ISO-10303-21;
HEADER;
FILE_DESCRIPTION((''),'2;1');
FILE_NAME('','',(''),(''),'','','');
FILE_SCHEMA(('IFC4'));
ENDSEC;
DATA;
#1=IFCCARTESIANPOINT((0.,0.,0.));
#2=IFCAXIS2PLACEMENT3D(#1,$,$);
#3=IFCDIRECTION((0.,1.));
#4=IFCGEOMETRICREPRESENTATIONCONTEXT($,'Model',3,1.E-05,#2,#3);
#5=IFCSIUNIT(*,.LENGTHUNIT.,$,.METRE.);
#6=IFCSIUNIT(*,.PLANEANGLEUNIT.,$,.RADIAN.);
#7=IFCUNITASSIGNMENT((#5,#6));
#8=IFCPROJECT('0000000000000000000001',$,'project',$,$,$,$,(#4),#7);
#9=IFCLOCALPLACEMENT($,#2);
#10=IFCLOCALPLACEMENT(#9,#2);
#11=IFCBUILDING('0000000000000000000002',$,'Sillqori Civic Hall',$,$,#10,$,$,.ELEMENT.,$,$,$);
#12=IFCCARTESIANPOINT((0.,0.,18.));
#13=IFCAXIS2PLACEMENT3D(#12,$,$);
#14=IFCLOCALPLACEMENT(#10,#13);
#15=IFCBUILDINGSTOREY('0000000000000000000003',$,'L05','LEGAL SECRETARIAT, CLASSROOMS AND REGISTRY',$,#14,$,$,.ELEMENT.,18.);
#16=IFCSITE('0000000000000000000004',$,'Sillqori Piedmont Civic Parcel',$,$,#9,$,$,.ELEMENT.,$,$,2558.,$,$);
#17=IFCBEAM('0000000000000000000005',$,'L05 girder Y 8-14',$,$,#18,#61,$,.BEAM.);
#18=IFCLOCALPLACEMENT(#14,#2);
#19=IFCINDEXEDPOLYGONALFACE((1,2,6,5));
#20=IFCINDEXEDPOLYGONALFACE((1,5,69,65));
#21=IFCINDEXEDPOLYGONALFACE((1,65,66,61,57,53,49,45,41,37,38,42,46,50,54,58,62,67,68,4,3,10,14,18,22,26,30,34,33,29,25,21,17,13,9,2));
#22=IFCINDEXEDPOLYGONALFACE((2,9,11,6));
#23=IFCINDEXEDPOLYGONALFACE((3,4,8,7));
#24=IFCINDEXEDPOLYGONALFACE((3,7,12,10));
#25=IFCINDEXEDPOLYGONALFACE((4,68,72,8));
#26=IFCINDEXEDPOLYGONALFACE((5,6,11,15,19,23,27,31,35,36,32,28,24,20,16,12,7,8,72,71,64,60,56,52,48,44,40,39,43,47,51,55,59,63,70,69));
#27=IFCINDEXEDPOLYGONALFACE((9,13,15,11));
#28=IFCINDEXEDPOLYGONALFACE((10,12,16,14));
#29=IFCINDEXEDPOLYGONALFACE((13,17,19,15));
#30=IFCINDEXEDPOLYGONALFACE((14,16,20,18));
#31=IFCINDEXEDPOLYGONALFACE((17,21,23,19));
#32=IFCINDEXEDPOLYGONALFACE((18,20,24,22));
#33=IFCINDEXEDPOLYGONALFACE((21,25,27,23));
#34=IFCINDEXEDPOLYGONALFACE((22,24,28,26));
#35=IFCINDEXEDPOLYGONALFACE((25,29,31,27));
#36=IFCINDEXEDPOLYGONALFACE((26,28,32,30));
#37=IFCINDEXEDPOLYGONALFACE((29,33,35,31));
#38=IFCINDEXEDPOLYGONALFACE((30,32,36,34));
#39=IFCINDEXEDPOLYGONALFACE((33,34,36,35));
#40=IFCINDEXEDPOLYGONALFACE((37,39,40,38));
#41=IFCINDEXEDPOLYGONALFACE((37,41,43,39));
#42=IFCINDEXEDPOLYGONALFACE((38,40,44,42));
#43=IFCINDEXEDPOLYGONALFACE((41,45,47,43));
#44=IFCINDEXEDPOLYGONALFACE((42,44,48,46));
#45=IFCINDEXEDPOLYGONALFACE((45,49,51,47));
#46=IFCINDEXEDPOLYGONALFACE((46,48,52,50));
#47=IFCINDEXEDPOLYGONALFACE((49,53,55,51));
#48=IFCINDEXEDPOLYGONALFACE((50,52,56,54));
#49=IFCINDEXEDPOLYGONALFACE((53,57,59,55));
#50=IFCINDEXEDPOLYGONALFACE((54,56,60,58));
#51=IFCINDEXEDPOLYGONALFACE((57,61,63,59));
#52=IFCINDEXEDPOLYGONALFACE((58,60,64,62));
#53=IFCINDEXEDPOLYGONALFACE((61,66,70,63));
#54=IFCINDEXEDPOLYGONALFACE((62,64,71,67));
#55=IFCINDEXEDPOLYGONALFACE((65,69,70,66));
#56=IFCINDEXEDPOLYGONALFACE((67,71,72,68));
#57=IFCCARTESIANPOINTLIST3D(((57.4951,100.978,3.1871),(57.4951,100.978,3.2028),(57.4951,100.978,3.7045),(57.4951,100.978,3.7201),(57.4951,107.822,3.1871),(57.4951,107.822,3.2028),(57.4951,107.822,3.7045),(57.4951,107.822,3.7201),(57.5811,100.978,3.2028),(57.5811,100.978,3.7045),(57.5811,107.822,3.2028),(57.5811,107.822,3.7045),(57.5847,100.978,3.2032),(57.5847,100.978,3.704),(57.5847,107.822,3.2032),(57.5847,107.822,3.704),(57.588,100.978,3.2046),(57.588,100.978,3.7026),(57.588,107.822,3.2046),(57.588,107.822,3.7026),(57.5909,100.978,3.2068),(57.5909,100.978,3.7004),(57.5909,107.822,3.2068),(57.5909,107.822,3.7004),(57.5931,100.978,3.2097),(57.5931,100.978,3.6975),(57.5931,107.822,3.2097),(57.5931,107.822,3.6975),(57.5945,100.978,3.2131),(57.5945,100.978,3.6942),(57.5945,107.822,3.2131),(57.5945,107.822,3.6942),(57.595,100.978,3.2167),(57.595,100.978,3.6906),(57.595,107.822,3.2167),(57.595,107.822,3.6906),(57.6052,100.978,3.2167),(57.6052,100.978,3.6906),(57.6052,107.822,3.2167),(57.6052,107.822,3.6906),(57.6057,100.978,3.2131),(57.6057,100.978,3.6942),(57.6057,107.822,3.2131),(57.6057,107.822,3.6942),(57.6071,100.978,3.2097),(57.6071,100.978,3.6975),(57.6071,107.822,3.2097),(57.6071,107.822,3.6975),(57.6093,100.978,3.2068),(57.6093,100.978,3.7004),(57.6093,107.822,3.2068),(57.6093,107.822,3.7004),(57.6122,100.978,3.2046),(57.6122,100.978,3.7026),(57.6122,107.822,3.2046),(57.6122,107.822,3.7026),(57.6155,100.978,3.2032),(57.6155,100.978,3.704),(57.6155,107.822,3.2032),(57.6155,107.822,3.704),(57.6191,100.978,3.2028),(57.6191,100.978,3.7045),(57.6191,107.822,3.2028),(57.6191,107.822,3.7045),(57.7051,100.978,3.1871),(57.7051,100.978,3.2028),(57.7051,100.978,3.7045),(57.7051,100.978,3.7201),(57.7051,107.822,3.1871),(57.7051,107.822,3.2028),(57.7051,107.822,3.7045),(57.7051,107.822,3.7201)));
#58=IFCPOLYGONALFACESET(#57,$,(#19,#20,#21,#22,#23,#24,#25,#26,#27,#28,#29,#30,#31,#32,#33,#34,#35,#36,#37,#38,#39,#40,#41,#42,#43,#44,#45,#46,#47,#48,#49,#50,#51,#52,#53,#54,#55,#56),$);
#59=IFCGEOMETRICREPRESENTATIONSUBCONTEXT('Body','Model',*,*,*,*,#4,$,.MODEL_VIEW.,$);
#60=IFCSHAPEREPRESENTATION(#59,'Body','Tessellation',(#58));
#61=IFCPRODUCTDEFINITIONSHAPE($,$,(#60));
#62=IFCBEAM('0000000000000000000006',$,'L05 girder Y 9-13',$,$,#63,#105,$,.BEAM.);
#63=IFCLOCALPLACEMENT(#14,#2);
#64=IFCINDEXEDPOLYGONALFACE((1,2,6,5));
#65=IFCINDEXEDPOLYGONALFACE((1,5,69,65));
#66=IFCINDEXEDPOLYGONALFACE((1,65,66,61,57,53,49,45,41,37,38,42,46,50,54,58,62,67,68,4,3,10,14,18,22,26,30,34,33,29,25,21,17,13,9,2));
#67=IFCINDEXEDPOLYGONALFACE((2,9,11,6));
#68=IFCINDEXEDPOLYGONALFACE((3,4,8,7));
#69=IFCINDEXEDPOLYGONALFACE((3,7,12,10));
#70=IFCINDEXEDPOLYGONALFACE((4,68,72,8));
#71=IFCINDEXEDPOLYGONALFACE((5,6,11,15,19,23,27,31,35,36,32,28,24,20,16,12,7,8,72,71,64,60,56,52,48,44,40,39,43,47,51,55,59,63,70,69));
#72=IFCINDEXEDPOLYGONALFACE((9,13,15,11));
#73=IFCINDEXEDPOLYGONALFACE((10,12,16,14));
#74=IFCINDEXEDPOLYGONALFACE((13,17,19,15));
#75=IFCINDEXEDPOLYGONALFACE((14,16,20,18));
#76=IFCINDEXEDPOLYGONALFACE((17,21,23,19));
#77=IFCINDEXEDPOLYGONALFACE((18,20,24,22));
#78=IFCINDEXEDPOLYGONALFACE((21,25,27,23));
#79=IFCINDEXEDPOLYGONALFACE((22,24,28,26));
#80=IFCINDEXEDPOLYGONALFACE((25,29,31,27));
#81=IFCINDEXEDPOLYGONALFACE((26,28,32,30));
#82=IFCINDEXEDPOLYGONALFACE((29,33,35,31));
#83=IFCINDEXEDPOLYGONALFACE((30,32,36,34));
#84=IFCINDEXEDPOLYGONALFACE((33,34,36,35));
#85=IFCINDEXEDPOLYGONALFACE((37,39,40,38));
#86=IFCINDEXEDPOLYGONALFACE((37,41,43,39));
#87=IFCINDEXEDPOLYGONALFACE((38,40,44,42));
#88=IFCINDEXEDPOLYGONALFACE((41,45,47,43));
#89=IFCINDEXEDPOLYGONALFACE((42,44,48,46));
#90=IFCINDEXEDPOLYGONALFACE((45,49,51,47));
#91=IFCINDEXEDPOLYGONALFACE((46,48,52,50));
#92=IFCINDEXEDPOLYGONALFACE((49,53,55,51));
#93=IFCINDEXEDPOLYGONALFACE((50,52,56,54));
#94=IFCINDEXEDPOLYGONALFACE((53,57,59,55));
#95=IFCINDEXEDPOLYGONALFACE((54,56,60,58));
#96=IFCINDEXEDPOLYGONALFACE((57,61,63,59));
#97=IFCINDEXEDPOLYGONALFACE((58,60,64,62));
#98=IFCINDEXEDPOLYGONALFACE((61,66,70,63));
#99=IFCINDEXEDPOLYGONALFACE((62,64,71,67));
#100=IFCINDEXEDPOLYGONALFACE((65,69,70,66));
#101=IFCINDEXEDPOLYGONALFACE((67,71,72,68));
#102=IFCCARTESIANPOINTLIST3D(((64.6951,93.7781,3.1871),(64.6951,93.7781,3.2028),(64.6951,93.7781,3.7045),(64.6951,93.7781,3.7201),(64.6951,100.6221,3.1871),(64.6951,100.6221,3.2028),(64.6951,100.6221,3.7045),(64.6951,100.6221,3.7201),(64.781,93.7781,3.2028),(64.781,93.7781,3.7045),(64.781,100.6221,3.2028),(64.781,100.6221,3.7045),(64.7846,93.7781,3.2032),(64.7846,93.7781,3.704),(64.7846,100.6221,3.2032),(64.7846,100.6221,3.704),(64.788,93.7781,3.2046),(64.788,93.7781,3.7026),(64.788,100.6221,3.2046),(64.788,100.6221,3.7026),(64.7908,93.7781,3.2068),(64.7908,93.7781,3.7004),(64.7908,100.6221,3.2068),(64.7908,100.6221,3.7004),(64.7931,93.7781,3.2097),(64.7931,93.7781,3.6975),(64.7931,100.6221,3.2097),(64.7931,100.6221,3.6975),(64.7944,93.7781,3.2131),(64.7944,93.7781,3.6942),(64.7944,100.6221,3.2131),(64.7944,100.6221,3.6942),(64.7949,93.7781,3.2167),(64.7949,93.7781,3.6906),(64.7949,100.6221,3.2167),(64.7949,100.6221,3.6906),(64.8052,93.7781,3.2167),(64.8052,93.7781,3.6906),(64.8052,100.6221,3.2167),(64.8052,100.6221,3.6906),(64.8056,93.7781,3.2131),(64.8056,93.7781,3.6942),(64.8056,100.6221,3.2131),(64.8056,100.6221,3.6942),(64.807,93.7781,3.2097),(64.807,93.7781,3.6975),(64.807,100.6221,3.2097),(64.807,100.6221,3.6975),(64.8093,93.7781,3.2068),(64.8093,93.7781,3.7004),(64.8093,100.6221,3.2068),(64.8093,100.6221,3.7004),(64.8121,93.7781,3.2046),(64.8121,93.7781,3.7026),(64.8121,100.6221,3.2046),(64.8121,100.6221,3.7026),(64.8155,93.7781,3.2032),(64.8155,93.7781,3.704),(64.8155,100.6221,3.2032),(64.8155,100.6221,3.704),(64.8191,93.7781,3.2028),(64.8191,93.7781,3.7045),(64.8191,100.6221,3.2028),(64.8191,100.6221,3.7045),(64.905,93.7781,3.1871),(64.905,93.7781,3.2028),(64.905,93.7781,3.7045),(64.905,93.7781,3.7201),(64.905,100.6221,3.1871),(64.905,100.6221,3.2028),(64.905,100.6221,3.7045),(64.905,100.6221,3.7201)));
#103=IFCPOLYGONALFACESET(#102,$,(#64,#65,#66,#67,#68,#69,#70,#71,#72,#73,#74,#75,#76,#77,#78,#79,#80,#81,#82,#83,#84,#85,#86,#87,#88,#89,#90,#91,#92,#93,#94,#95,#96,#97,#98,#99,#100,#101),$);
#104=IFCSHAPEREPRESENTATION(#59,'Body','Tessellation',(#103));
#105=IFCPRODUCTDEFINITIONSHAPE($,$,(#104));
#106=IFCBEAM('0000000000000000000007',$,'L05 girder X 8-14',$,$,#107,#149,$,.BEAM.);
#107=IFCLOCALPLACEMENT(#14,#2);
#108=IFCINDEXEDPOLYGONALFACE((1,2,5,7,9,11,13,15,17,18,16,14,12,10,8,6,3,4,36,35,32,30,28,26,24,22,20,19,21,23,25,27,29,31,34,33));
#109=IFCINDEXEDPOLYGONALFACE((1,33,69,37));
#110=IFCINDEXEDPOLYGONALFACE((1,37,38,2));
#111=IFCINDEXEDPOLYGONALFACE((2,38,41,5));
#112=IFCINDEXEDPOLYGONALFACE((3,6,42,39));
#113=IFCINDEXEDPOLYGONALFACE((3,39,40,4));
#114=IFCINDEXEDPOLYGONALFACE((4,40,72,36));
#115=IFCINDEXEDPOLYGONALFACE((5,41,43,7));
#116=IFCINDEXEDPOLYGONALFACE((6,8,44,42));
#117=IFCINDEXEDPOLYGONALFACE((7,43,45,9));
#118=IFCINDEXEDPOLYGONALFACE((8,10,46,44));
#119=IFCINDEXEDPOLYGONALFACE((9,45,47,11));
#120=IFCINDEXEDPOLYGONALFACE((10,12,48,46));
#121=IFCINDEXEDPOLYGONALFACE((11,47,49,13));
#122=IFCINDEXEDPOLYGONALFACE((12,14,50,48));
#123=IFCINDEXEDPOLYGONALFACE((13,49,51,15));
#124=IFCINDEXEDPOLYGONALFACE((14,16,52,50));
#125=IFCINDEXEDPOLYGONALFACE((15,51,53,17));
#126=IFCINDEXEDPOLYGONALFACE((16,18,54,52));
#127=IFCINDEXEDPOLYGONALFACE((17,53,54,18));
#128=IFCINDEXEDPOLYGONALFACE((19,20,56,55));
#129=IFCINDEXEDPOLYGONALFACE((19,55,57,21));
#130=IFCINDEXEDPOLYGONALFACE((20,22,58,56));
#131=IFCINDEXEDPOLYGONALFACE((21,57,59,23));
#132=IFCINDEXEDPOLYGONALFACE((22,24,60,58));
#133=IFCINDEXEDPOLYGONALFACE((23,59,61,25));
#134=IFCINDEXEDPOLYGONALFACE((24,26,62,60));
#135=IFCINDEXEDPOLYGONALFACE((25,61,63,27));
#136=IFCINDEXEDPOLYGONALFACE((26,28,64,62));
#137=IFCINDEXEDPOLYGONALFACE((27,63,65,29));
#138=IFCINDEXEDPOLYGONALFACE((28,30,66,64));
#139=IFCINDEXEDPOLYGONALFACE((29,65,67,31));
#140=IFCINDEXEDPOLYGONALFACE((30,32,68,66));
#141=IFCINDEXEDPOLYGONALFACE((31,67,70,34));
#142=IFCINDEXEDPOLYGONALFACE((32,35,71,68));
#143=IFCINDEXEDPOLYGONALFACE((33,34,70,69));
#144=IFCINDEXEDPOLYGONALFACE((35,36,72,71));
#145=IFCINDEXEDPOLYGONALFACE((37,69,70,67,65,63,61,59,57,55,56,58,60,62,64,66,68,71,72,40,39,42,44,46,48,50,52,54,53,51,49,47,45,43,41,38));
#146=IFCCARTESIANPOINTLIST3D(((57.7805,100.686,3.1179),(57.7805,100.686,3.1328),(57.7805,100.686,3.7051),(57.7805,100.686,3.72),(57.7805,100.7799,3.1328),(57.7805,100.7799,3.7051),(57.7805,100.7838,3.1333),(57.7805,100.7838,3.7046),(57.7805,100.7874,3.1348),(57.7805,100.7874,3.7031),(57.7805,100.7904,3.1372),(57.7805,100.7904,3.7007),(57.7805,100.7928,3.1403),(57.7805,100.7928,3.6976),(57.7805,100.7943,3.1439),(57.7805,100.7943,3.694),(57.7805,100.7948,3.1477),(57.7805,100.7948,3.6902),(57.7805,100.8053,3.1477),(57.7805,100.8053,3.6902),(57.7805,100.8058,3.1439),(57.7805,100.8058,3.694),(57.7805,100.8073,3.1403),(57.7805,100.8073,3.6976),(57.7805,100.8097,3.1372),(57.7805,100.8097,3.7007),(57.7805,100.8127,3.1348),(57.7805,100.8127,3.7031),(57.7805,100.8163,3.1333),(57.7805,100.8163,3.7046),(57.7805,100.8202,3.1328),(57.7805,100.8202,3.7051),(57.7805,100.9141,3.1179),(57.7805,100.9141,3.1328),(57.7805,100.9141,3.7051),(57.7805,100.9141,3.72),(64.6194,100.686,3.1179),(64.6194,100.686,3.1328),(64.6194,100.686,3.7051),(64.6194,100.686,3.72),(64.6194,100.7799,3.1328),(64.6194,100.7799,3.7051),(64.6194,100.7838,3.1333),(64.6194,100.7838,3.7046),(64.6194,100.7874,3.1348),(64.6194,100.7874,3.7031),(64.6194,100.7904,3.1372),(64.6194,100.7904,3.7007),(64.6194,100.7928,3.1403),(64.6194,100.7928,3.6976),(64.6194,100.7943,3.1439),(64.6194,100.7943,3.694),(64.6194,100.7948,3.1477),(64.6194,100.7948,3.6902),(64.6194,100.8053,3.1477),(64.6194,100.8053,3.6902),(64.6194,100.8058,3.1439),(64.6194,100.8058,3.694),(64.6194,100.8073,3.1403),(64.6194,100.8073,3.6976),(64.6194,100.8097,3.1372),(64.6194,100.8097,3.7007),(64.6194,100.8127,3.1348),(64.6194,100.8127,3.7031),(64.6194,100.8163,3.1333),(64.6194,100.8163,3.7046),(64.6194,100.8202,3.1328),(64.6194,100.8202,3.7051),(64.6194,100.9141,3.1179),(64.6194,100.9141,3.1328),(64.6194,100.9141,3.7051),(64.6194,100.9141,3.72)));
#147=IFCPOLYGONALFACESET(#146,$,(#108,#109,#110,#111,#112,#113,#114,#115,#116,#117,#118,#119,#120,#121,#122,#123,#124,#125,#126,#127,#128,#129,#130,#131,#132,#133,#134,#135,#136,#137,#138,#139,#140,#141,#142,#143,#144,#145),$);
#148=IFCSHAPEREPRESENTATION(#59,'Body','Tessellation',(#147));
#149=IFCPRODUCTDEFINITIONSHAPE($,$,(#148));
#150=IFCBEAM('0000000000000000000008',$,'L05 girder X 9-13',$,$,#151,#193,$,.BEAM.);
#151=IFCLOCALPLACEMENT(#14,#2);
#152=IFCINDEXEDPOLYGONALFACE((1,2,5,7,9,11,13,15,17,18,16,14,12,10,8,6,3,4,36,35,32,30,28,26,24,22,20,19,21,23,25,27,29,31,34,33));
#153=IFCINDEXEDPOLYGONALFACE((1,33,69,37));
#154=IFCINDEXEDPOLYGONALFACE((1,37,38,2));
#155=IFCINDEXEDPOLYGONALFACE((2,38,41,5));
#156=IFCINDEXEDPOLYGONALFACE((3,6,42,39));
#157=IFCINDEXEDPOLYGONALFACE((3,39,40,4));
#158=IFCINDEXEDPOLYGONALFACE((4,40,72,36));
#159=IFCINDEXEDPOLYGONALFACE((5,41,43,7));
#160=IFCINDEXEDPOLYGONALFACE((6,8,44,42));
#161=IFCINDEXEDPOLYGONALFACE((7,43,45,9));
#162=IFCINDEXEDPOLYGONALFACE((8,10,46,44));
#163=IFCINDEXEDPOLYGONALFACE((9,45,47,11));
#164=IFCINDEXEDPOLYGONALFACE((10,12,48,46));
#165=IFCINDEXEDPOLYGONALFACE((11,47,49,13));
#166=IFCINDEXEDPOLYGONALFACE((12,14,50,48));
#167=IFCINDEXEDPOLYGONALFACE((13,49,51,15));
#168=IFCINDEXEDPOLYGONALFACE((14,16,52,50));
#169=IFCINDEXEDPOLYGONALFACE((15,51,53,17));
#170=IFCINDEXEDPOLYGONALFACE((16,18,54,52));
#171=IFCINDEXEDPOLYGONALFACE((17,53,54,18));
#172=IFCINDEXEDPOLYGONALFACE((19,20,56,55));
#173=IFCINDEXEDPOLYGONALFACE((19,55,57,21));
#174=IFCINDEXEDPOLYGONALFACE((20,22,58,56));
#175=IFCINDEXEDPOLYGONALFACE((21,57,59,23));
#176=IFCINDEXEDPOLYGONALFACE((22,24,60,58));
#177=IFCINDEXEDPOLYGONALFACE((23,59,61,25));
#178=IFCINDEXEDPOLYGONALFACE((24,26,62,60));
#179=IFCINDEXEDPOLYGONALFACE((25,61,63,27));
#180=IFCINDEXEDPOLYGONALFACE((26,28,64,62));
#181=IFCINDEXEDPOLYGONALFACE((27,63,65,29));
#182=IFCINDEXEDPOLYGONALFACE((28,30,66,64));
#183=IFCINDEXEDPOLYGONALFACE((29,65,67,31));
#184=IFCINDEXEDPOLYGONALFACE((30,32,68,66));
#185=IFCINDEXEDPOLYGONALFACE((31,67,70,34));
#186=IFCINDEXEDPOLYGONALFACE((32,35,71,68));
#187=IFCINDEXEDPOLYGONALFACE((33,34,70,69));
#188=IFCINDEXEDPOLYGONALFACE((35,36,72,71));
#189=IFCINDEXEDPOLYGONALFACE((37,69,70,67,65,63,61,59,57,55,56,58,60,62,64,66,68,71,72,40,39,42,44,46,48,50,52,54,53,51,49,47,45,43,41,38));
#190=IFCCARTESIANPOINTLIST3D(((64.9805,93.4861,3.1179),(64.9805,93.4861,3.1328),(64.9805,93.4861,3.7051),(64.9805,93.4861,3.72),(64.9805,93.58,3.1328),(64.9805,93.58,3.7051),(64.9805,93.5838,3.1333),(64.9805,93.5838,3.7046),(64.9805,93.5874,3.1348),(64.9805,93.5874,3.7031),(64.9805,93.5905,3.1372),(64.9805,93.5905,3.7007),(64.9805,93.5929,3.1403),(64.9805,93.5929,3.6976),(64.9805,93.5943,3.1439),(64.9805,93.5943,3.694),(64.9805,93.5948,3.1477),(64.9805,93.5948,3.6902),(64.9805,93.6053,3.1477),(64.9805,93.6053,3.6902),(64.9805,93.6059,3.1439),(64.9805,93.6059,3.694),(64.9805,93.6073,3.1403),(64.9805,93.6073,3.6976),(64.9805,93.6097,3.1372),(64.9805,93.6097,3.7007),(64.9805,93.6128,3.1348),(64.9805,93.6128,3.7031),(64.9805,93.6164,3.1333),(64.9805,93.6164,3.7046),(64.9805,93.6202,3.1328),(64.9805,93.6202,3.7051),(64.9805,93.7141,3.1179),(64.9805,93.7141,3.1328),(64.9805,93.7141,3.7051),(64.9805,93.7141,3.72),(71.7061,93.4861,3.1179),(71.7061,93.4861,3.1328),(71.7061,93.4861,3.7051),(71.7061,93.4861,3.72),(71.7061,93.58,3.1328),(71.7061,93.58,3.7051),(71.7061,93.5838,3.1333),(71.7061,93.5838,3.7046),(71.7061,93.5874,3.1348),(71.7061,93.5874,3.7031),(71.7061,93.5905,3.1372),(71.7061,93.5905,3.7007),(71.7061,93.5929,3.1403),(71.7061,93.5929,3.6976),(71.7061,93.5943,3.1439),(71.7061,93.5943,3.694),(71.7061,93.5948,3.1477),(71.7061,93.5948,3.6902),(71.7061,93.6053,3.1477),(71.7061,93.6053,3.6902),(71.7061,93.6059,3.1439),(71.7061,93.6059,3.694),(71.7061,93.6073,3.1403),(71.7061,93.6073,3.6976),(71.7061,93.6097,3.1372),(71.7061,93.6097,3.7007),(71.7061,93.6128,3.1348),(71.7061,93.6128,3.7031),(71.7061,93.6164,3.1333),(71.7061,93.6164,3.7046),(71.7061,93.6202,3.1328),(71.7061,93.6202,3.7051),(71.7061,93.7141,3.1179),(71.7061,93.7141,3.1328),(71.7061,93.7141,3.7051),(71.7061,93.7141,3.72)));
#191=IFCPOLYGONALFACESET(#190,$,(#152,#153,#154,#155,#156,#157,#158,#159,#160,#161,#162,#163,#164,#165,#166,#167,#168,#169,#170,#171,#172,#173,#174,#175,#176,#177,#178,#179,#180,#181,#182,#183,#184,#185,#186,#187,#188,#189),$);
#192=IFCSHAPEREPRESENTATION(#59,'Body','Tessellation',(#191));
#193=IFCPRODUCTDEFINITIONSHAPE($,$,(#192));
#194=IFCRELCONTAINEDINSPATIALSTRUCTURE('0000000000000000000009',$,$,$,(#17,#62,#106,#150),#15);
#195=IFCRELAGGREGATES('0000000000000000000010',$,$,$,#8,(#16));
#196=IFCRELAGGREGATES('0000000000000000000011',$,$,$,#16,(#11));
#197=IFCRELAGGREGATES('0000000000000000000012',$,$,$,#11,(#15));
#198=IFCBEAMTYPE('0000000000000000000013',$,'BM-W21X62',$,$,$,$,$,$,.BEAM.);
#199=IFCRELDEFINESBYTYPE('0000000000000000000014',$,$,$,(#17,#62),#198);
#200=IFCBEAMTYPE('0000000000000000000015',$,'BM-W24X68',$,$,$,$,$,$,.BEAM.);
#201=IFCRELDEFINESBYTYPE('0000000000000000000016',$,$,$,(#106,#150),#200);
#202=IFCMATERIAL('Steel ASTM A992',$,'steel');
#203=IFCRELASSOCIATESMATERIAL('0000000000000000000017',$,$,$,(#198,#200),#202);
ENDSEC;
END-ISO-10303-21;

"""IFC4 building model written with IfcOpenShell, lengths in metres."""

from ifc_helpers import new_model, si_unit, direction, frame, origin, origin_2d, place, context, subcontext, project, spatial, i_section, extrude, material, material_profile, profile_set, type_object, element, save


model = new_model("IFC4")

# Units and contexts
model_context = context("Model", 3, precision=1e-05, world=origin(), true_north=direction((0.0, 1.0)))
body_context = subcontext(model_context, "Body", "Model", "MODEL_VIEW")
ifc_project = project(units=[si_unit("LENGTHUNIT", "METRE"), si_unit("PLANEANGLEUNIT", "RADIAN")], contexts=[model_context])

# Site, building, storey
site_placement = place(None, origin())
site = spatial("IfcSite", under=ifc_project, at=site_placement, Name="Sillqori Piedmont Civic Parcel", CompositionType="ELEMENT", RefElevation=2558.0)
building_placement = place(site_placement, origin())
building = spatial("IfcBuilding", under=site, at=building_placement, Name="Sillqori Civic Hall", CompositionType="ELEMENT")
storey_placement = place(building_placement, frame((0.0, 0.0, 18.0)))
storey = spatial("IfcBuildingStorey", under=building, at=storey_placement, Name="L05", Description="LEGAL SECRETARIAT, CLASSROOMS AND REGISTRY", CompositionType="ELEMENT", Elevation=18.0)

# Shared definitions
ifc_material_1 = material(Name="Steel ASTM A992", Category="steel")

# Beams
ifc_material_profile_1 = material_profile(ifc_material_1, i_section(OverallWidth=0.21, OverallDepth=0.533, WebThickness=0.0103, FlangeThickness=0.0156, FilletRadius=0.0139, at=origin_2d()), Name="W21X62")
ifc_profile_set_1 = profile_set([ifc_material_profile_1], Name="Steel ASTM A992")
beam_type_1 = type_object("IfcBeamType", Name="BM-W21X62", PredefinedType="BEAM", material=ifc_profile_set_1)
for number, where, z_axis, x_axis, name in (
    (1, (57.6001, 100.978, 3.4536), (0.0, 1.0, 0.0), (-1.0, 0.0, 0.0), "L05 girder Y 8-14"),
    (2, (64.8, 93.7781, 3.4536), (0.0, 1.0, 0.0), (-1.0, 0.0, 0.0), "L05 girder Y 9-13"),
):
    element("IfcBeam", number, at=place(storey_placement, frame(where, z_axis=z_axis, x_axis=x_axis)), inside=storey, type_object=beam_type_1, Name=name, PredefinedType="BEAM", context=body_context, shape_type="SweptSolid", body=[
        extrude(i_section(OverallWidth=0.21, OverallDepth=0.533, WebThickness=0.0103, FlangeThickness=0.0156, FilletRadius=0.0139, at=origin_2d()), origin(), (0.0, 0.0, 1.0), 6.844),
    ])
ifc_material_profile_2 = material_profile(ifc_material_1, i_section(OverallWidth=0.228, OverallDepth=0.6021, WebThickness=0.0105, FlangeThickness=0.0149, FilletRadius=0.0149, at=origin_2d()), Name="W24X68")
ifc_profile_set_2 = profile_set([ifc_material_profile_2], Name="Steel ASTM A992")
beam_type_2 = type_object("IfcBeamType", Name="BM-W24X68", PredefinedType="BEAM", material=ifc_profile_set_2)
beam_placement = place(storey_placement, frame((57.7805, 100.8, 3.4189), z_axis=(1.0, 0.0, 0.0), x_axis=(0.0, 1.0, 0.0)))
element("IfcBeam", 3, at=beam_placement, inside=storey, type_object=beam_type_2, Name="L05 girder X 8-14", PredefinedType="BEAM", context=body_context, shape_type="SweptSolid", body=[
    extrude(i_section(OverallWidth=0.228, OverallDepth=0.6021, WebThickness=0.0105, FlangeThickness=0.0149, FilletRadius=0.0149, at=origin_2d()), origin(), (0.0, 0.0, 1.0), 6.8389),
])
for number, where, z_axis, x_axis, name in (
    (4, (64.9805, 93.6001, 3.4189), (1.0, 0.0, 0.0), (0.0, 1.0, 0.0), "L05 girder X 9-13"),
):
    element("IfcBeam", number, at=place(storey_placement, frame(where, z_axis=z_axis, x_axis=x_axis)), inside=storey, type_object=beam_type_2, Name=name, PredefinedType="BEAM", context=body_context, shape_type="SweptSolid", body=[
        extrude(i_section(OverallWidth=0.228, OverallDepth=0.6021, WebThickness=0.0105, FlangeThickness=0.0149, FilletRadius=0.0149, at=origin_2d()), origin(), (0.0, 0.0, 1.0), 6.7256),
    ])

save(model, "model.ifc")
